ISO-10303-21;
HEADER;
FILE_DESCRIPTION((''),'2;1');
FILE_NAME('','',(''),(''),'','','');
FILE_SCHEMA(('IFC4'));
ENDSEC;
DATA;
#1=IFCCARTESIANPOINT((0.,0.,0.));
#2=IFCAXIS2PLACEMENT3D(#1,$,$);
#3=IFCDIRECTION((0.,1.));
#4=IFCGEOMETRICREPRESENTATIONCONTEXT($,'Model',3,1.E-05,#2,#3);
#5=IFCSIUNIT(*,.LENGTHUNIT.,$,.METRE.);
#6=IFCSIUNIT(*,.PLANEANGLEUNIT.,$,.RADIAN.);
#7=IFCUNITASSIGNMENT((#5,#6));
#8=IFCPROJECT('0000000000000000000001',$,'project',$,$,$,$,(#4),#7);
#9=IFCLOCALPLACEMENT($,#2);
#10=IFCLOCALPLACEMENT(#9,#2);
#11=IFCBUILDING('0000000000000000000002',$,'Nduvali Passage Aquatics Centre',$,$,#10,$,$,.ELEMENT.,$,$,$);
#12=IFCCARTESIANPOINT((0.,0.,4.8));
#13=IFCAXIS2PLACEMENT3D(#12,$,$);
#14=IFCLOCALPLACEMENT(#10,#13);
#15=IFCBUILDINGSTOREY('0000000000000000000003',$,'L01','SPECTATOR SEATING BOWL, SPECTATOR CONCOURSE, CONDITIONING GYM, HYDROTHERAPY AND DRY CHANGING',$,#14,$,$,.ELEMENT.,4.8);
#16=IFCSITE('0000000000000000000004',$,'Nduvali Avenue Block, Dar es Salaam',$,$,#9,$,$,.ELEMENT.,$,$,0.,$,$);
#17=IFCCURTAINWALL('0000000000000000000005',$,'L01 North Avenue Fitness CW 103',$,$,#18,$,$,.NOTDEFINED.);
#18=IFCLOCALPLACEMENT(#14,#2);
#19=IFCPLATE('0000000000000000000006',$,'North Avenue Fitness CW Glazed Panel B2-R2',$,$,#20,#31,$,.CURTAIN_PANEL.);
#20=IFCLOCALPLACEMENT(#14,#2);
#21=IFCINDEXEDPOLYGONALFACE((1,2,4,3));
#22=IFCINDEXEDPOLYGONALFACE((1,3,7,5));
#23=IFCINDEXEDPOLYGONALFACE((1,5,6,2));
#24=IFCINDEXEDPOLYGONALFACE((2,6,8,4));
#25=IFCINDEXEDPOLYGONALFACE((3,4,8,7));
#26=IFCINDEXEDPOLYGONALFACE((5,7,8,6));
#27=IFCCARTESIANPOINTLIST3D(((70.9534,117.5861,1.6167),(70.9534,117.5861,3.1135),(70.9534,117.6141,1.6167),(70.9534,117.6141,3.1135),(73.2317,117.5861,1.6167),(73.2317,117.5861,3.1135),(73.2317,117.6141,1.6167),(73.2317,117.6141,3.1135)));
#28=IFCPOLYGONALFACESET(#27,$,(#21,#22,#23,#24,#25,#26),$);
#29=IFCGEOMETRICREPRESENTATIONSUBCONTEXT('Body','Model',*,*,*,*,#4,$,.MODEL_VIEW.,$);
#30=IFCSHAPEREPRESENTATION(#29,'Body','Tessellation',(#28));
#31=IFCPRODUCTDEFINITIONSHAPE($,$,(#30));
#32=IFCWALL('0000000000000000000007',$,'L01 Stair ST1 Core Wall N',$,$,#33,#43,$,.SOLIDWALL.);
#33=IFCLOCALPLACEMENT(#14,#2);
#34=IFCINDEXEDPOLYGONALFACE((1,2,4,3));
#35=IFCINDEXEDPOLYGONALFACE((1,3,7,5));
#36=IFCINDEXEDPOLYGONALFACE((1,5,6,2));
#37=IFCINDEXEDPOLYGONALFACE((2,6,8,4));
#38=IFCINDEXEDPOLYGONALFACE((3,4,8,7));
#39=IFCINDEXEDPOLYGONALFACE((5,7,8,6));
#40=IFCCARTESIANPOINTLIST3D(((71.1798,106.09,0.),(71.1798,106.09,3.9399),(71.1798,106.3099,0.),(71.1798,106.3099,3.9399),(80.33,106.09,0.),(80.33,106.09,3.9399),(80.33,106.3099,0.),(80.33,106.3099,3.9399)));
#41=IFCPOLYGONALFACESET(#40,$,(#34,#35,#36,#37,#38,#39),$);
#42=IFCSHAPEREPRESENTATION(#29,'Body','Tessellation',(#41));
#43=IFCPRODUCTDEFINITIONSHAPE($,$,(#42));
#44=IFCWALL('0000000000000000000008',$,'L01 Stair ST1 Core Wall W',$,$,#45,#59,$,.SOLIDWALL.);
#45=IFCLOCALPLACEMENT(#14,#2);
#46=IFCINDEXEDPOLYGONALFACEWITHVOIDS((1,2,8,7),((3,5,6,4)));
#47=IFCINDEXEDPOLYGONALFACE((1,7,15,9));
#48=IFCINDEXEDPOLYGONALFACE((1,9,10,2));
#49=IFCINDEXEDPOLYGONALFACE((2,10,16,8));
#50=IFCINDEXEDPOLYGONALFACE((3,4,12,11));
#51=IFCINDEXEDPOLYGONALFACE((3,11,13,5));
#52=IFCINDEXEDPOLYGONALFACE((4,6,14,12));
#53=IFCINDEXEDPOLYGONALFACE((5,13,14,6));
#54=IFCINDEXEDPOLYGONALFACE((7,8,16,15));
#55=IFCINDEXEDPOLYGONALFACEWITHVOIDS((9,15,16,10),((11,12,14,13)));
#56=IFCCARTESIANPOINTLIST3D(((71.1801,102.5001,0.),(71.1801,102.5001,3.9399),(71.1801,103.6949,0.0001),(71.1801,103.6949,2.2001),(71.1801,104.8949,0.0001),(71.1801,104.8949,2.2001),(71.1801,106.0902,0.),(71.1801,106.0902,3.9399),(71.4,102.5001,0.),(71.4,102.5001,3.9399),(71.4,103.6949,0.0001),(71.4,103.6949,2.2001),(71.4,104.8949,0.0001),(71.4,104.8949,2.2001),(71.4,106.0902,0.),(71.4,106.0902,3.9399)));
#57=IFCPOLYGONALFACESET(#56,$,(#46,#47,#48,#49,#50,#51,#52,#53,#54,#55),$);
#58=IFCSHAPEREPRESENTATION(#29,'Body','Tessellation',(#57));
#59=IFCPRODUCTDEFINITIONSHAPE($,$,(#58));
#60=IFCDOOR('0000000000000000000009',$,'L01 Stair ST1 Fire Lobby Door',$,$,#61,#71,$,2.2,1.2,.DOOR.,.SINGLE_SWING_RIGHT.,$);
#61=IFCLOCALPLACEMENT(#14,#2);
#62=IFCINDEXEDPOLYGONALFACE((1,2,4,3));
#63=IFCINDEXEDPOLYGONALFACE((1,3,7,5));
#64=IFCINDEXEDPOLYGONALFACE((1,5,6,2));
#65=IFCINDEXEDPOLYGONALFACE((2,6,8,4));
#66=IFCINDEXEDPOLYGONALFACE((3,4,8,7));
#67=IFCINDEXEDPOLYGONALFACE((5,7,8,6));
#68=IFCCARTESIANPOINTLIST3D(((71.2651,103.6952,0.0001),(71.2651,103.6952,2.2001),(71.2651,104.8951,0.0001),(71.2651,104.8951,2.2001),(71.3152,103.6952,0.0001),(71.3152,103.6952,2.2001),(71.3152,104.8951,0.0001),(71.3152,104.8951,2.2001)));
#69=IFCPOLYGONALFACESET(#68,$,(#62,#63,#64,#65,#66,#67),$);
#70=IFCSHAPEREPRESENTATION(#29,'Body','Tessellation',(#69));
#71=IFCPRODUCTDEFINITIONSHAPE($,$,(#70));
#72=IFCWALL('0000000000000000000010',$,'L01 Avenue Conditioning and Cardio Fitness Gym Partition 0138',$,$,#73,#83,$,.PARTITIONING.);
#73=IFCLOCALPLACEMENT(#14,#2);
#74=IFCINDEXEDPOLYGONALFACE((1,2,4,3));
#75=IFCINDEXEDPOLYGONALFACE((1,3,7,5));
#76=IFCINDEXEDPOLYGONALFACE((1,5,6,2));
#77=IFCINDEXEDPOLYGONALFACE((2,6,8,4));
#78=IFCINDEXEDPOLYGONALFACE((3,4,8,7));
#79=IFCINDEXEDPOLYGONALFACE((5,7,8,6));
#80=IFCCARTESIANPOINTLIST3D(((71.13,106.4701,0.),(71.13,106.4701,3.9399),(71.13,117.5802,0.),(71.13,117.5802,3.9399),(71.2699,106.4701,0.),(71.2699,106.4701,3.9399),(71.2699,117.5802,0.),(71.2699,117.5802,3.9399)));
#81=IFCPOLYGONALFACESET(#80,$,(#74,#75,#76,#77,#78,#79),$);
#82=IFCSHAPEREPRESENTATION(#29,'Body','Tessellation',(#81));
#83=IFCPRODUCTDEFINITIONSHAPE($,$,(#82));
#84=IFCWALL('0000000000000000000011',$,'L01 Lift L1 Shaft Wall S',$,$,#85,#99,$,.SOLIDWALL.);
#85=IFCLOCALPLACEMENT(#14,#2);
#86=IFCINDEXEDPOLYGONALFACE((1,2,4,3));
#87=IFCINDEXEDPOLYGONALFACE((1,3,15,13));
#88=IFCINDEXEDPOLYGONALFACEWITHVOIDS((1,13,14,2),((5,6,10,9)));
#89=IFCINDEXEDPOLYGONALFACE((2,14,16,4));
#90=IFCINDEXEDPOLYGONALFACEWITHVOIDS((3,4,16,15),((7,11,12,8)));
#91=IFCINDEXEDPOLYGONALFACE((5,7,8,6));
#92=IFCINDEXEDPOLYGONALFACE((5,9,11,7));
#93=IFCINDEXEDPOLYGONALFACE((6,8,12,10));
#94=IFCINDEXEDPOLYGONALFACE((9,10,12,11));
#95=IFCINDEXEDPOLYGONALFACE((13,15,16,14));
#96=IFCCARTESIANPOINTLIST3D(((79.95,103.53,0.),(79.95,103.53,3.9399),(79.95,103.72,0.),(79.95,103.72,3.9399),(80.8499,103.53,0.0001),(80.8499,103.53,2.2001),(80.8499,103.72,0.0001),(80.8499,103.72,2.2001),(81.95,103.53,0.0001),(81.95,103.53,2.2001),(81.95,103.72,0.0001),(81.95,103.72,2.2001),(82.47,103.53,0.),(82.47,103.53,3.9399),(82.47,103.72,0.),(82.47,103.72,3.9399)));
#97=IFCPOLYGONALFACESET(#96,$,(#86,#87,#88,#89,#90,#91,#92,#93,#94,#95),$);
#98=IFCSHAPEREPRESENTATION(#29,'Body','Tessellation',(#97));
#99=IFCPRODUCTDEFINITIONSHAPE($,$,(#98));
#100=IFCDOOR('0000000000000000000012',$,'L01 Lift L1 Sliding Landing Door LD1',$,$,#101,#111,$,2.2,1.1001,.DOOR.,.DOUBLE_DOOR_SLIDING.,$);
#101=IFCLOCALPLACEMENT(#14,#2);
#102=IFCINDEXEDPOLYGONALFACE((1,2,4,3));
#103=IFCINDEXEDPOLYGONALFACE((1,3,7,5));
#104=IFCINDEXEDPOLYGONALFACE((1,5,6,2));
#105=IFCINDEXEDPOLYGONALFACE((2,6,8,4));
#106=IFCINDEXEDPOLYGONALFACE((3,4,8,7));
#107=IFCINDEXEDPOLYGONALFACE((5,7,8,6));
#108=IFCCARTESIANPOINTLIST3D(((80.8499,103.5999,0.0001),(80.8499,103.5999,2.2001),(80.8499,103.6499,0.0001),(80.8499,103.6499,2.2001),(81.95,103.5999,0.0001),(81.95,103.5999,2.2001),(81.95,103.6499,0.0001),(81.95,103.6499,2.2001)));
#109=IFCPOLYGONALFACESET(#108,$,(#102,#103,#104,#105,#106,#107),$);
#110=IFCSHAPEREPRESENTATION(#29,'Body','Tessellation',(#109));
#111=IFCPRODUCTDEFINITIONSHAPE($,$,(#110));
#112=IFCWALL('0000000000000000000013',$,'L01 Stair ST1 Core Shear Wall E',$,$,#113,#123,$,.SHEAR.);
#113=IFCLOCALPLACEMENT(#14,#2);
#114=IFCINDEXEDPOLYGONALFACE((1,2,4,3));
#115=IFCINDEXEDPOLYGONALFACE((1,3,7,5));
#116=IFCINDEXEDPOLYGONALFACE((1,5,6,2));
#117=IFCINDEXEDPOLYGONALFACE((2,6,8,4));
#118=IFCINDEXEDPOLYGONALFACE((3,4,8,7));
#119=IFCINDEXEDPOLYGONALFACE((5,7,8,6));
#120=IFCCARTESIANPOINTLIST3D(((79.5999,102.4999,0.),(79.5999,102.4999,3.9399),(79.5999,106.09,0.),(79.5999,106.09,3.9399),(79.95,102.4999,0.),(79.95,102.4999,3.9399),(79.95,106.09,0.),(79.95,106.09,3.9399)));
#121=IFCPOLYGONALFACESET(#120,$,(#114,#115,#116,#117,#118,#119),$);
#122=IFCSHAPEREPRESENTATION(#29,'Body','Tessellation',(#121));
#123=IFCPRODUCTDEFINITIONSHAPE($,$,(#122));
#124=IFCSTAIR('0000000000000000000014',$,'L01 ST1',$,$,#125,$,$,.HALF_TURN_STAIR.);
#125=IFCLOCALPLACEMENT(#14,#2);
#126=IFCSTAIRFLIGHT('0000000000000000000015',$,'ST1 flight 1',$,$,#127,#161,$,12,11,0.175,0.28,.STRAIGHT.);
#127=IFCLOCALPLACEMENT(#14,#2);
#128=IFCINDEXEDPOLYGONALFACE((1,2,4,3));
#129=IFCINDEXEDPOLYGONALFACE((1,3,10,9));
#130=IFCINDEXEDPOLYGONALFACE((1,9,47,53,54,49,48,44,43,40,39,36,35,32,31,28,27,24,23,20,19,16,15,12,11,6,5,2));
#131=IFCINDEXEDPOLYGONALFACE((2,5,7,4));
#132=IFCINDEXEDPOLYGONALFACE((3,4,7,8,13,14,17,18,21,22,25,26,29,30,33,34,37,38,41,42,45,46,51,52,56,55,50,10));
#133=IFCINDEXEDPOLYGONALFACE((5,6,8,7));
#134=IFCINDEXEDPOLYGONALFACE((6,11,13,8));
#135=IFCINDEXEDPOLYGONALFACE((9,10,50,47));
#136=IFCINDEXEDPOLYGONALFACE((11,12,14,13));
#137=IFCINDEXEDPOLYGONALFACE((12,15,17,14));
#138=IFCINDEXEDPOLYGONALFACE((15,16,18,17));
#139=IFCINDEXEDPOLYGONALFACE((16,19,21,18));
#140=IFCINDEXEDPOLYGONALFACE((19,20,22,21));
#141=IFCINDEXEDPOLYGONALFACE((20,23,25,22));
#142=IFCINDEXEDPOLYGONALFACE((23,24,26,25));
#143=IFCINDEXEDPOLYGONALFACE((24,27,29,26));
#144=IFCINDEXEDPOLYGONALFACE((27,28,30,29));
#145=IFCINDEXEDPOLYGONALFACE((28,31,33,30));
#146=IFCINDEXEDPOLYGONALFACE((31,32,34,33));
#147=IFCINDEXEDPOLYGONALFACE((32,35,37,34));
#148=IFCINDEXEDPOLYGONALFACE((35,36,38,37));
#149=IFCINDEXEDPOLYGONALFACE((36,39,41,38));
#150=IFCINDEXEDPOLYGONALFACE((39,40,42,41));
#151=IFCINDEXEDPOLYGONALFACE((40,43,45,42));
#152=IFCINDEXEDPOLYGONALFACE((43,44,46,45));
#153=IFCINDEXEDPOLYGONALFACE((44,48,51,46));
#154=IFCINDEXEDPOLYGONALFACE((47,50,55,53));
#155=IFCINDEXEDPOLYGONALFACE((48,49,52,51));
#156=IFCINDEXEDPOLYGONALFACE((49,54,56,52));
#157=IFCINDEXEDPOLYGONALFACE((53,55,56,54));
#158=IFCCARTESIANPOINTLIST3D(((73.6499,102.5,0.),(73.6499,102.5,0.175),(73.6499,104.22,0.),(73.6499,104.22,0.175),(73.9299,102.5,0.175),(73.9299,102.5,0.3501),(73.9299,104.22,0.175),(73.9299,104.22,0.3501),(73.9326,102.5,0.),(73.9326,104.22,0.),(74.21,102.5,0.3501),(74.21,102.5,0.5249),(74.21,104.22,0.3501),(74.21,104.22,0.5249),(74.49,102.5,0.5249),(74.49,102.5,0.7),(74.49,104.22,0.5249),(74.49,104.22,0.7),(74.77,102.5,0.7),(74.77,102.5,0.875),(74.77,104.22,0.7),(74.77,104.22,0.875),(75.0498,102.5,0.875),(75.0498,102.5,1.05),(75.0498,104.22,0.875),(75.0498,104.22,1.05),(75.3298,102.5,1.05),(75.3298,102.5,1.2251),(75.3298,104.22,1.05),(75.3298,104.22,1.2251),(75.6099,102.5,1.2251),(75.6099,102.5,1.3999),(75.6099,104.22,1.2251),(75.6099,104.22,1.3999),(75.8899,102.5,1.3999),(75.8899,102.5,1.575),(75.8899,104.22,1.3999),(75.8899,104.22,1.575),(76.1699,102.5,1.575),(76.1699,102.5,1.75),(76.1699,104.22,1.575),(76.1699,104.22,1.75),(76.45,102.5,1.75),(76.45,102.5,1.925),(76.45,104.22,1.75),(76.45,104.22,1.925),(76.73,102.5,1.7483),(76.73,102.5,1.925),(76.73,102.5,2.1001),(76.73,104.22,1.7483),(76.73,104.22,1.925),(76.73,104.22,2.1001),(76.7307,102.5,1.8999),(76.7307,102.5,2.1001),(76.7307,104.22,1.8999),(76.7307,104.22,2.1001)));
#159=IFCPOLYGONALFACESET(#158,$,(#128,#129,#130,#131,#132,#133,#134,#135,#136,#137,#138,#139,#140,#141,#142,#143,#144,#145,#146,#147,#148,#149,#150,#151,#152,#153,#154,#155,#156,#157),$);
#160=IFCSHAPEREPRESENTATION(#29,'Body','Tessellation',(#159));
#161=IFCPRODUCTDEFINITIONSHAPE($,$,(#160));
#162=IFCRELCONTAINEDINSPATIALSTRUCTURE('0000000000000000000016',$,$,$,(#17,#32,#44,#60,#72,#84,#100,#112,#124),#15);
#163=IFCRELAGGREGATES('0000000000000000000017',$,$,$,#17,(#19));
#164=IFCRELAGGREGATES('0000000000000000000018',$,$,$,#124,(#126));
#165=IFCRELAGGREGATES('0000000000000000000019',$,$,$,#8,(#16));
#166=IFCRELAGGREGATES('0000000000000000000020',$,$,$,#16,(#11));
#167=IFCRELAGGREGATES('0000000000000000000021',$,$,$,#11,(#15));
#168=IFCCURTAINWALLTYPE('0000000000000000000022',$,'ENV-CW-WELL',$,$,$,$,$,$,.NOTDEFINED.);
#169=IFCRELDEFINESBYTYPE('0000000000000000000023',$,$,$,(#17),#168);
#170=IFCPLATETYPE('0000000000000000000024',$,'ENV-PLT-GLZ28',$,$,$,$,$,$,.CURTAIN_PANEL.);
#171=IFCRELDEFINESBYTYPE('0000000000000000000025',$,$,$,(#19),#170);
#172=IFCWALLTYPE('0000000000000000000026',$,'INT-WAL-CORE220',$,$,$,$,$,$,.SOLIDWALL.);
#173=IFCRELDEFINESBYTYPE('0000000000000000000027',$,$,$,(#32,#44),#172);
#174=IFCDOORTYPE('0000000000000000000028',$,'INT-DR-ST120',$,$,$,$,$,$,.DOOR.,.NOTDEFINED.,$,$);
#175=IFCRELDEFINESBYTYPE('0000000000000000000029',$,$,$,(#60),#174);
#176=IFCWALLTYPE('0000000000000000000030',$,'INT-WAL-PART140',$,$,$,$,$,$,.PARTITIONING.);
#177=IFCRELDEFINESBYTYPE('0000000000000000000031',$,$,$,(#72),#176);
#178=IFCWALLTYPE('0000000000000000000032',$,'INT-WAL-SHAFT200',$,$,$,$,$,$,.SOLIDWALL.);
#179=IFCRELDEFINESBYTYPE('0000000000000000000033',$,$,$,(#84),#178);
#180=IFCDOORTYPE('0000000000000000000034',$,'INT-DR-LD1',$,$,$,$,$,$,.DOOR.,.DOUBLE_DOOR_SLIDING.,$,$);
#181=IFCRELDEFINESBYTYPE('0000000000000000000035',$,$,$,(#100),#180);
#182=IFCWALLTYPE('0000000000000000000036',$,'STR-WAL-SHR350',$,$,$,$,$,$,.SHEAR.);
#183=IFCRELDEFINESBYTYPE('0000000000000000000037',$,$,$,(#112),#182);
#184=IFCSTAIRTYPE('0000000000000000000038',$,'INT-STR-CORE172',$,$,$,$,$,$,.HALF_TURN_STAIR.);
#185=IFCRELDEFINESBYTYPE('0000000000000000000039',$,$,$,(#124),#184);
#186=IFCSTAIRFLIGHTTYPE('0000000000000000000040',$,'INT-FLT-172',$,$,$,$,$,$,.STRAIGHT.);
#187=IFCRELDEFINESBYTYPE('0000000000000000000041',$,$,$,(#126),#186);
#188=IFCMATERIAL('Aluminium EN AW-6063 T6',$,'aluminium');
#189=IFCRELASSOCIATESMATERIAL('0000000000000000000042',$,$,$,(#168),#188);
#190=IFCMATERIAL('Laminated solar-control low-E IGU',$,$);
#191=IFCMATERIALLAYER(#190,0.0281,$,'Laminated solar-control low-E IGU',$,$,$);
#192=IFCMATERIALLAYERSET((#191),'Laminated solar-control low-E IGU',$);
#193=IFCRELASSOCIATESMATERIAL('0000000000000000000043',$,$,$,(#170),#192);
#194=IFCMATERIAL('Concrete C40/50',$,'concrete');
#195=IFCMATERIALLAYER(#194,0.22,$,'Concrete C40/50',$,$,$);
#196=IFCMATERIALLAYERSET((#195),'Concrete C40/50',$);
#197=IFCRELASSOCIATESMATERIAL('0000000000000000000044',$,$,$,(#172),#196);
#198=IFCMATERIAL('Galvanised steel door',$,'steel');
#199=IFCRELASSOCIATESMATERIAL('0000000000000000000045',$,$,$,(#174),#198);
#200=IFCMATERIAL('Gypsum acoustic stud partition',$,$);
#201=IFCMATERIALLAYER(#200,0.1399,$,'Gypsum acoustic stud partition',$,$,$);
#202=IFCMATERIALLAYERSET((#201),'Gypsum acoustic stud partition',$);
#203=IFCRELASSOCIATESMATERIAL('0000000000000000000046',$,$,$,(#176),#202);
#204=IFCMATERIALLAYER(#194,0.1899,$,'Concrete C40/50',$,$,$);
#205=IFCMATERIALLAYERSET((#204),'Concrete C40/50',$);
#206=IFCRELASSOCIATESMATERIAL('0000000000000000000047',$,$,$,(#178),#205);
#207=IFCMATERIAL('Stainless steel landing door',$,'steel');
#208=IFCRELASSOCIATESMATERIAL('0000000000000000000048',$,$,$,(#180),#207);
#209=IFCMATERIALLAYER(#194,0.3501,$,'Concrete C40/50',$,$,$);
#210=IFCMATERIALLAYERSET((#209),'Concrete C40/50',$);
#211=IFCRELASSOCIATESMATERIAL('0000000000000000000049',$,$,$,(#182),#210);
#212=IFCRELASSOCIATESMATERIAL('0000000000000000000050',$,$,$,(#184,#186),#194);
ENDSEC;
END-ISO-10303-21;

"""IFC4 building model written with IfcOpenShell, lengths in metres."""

from ifc_helpers import new_model, si_unit, direction, frame, frame_2d, origin, origin_2d, place, context, subcontext, project, spatial, polyline, rectangle, outline, extrude, material, layer, layer_set, type_object, element, fill, aggregate, save


model = new_model("IFC4")

# Units and contexts
model_context = context("Model", 3, precision=1e-05, world=origin(), true_north=direction((0.0, 1.0)))
body_context = subcontext(model_context, "Body", "Model", "MODEL_VIEW")
ifc_project = project(units=[si_unit("LENGTHUNIT", "METRE"), si_unit("PLANEANGLEUNIT", "RADIAN")], contexts=[model_context])

# Site, building, storey
site_placement = place(None, origin())
site = spatial("IfcSite", under=ifc_project, at=site_placement, Name="Nduvali Avenue Block, Dar es Salaam", CompositionType="ELEMENT", RefElevation=0.0)
building_placement = place(site_placement, origin())
building = spatial("IfcBuilding", under=site, at=building_placement, Name="Nduvali Passage Aquatics Centre", CompositionType="ELEMENT")
storey_placement = place(building_placement, frame((0.0, 0.0, 4.8)))
storey = spatial("IfcBuildingStorey", under=building, at=storey_placement, Name="L01", Description="SPECTATOR SEATING BOWL, SPECTATOR CONCOURSE, CONDITIONING GYM, HYDROTHERAPY AND DRY CHANGING", CompositionType="ELEMENT", Elevation=4.8)

# Curtain wall
ifc_material_1 = material(Name="Aluminium EN AW-6063 T6", Category="aluminium")
curtain_wall_type = type_object("IfcCurtainWallType", Name="ENV-CW-WELL", PredefinedType="NOTDEFINED", material=ifc_material_1)
curtain_wall_placement = place(storey_placement, origin())
curtain_wall = element("IfcCurtainWall", 1, at=curtain_wall_placement, inside=storey, type_object=curtain_wall_type, Name="L01 North Avenue Fitness CW 103", PredefinedType="NOTDEFINED")

# Plate
ifc_material_2 = material(Name="Laminated solar-control low-E IGU")
ifc_layer_1 = layer(ifc_material_2, 0.0281, Name="Laminated solar-control low-E IGU")
ifc_layer_set_1 = layer_set([ifc_layer_1], Name="Laminated solar-control low-E IGU")
plate_type = type_object("IfcPlateType", Name="ENV-PLT-GLZ28", PredefinedType="CURTAIN_PANEL", material=ifc_layer_set_1)
plate_1_placement = place(storey_placement, frame((72.0925, 117.6001, 1.6167), z_axis=(0.0, 0.0, 1.0), x_axis=(1.0, 0.0, 0.0)))
plate_1 = element("IfcPlate", 2, at=plate_1_placement, type_object=plate_type, Name="North Avenue Fitness CW Glazed Panel B2-R2", PredefinedType="CURTAIN_PANEL", context=body_context, shape_type="SweptSolid", body=[
    extrude(rectangle(XDim=2.2783, YDim=0.0281, at=origin_2d()), origin(), (0.0, 0.0, 1.0), 1.4968),
])
aggregate(curtain_wall, [plate_1])

# Wall
ifc_material_3 = material(Name="Concrete C40/50", Category="concrete")
ifc_layer_2 = layer(ifc_material_3, 0.22, Name="Concrete C40/50")
ifc_layer_set_2 = layer_set([ifc_layer_2], Name="Concrete C40/50")
wall_type_1 = type_object("IfcWallType", Name="INT-WAL-CORE220", PredefinedType="SOLIDWALL", material=ifc_layer_set_2)
wall_1_placement = place(storey_placement, frame((80.3301, 106.2, 0.0), z_axis=(0.0, 0.0, 1.0), x_axis=(-1.0, 0.0, 0.0)))
element("IfcWall", 3, at=wall_1_placement, inside=storey, type_object=wall_type_1, Name="L01 Stair ST1 Core Wall N", PredefinedType="SOLIDWALL", context=body_context, shape_type="SweptSolid", body=[
    extrude(rectangle(XDim=9.1501, YDim=0.22, at=frame_2d((4.5752, 0.0))), origin(), (0.0, 0.0, 1.0), 3.9399),
])

# Wall, opening, door
wall_2_placement = place(storey_placement, frame((71.29, 106.0901, 0.0), z_axis=(0.0, 0.0, 1.0), x_axis=(0.0, -1.0, 0.0)))
wall_2 = element("IfcWall", 4, at=wall_2_placement, inside=storey, type_object=wall_type_1, Name="L01 Stair ST1 Core Wall W", PredefinedType="SOLIDWALL", context=body_context, shape_type="SweptSolid", body=[
    extrude(rectangle(XDim=3.5901, YDim=0.22, at=frame_2d((1.7949, 0.0))), origin(), (0.0, 0.0, 1.0), 3.9399),
])
opening_1_placement = place(wall_2_placement, frame((1.1951, 0.0, 0.0)))
opening_1 = element("IfcOpeningElement", 5, at=opening_1_placement, cuts=wall_2, PredefinedType="OPENING", context=body_context, shape_type="SweptSolid", body=[
    extrude(rectangle(XDim=1.2, YDim=2.2, at=frame_2d((0.6001, 1.1001))), frame((0.0, 0.125, 0.0), z_axis=(0.0, -1.0, 0.0), x_axis=(1.0, 0.0, 0.0)), (0.0, 0.0, 1.0), 0.2498),
])
ifc_material_4 = material(Name="Galvanised steel door", Category="steel")
door_type_1 = type_object("IfcDoorType", Name="INT-DR-ST120", OperationType="NOTDEFINED", PredefinedType="DOOR", material=ifc_material_4)
door_1_placement = place(opening_1_placement, frame((1.2, 0.0, 0.0), z_axis=(0.0, 0.0, 1.0), x_axis=(-1.0, 0.0, 0.0)))
door_1 = element("IfcDoor", 6, at=door_1_placement, inside=storey, type_object=door_type_1, Name="L01 Stair ST1 Fire Lobby Door", OperationType="SINGLE_SWING_RIGHT", OverallHeight=2.2, OverallWidth=1.2, PredefinedType="DOOR", context=body_context, shape_type="SweptSolid", body=[
    extrude(rectangle(XDim=1.2, YDim=2.2, at=frame_2d((0.6001, 1.1001))), frame((0.0, 0.0249, 0.0), z_axis=(0.0, -1.0, 0.0), x_axis=(1.0, 0.0, 0.0)), (0.0, 0.0, 1.0), 0.05),
])
fill(opening_1, door_1)

# Wall
ifc_material_5 = material(Name="Gypsum acoustic stud partition")
ifc_layer_3 = layer(ifc_material_5, 0.1399, Name="Gypsum acoustic stud partition")
ifc_layer_set_3 = layer_set([ifc_layer_3], Name="Gypsum acoustic stud partition")
wall_type_2 = type_object("IfcWallType", Name="INT-WAL-PART140", PredefinedType="PARTITIONING", material=ifc_layer_set_3)
wall_3_placement = place(storey_placement, frame((71.2, 106.47, 0.0), z_axis=(0.0, 0.0, 1.0), x_axis=(0.0, 1.0, 0.0)))
element("IfcWall", 7, at=wall_3_placement, inside=storey, type_object=wall_type_2, Name="L01 Avenue Conditioning and Cardio Fitness Gym Partition 0138", PredefinedType="PARTITIONING", context=body_context, shape_type="SweptSolid", body=[
    extrude(rectangle(XDim=11.1101, YDim=0.1399, at=frame_2d((5.5552, 0.0))), origin(), (0.0, 0.0, 1.0), 3.9399),
])

# Wall, opening, door
ifc_layer_4 = layer(ifc_material_3, 0.1899, Name="Concrete C40/50")
ifc_layer_set_4 = layer_set([ifc_layer_4], Name="Concrete C40/50")
wall_type_3 = type_object("IfcWallType", Name="INT-WAL-SHAFT200", PredefinedType="SOLIDWALL", material=ifc_layer_set_4)
wall_4_placement = place(storey_placement, frame((79.95, 103.625, 0.0), z_axis=(0.0, 0.0, 1.0), x_axis=(1.0, 0.0, 0.0)))
wall_4 = element("IfcWall", 8, at=wall_4_placement, inside=storey, type_object=wall_type_3, Name="L01 Lift L1 Shaft Wall S", PredefinedType="SOLIDWALL", context=body_context, shape_type="SweptSolid", body=[
    extrude(rectangle(XDim=2.52, YDim=0.1899, at=frame_2d((1.26, 0.0))), origin(), (0.0, 0.0, 1.0), 3.9399),
])
opening_2_placement = place(wall_4_placement, frame((0.8999, 0.0, 0.0)))
opening_2 = element("IfcOpeningElement", 9, at=opening_2_placement, cuts=wall_4, PredefinedType="OPENING", context=body_context, shape_type="SweptSolid", body=[
    extrude(rectangle(XDim=1.1001, YDim=2.2, at=frame_2d((0.55, 1.1001))), frame((0.0, 0.1099, 0.0), z_axis=(0.0, -1.0, 0.0), x_axis=(1.0, 0.0, 0.0)), (0.0, 0.0, 1.0), 0.2197),
])
ifc_material_6 = material(Name="Stainless steel landing door", Category="steel")
door_type_2 = type_object("IfcDoorType", Name="INT-DR-LD1", OperationType="DOUBLE_DOOR_SLIDING", PredefinedType="DOOR", material=ifc_material_6)
door_2_placement = place(opening_2_placement, origin())
door_2 = element("IfcDoor", 10, at=door_2_placement, inside=storey, type_object=door_type_2, Name="L01 Lift L1 Sliding Landing Door LD1", OperationType="DOUBLE_DOOR_SLIDING", OverallHeight=2.2, OverallWidth=1.1001, PredefinedType="DOOR", context=body_context, shape_type="SweptSolid", body=[
    extrude(rectangle(XDim=1.1001, YDim=2.2, at=frame_2d((0.55, 1.1001))), frame((0.0, 0.0249, 0.0), z_axis=(0.0, -1.0, 0.0), x_axis=(1.0, 0.0, 0.0)), (0.0, 0.0, 1.0), 0.05),
])
fill(opening_2, door_2)

# Wall
ifc_layer_5 = layer(ifc_material_3, 0.3501, Name="Concrete C40/50")
ifc_layer_set_5 = layer_set([ifc_layer_5], Name="Concrete C40/50")
wall_type_4 = type_object("IfcWallType", Name="STR-WAL-SHR350", PredefinedType="SHEAR", material=ifc_layer_set_5)
wall_5_placement = place(storey_placement, frame((79.7749, 102.5, 0.0), z_axis=(0.0, 0.0, 1.0), x_axis=(0.0, 1.0, 0.0)))
element("IfcWall", 11, at=wall_5_placement, inside=storey, type_object=wall_type_4, Name="L01 Stair ST1 Core Shear Wall E", PredefinedType="SHEAR", context=body_context, shape_type="SweptSolid", body=[
    extrude(rectangle(XDim=3.5901, YDim=0.3501, at=frame_2d((1.7949, 0.0))), origin(), (0.0, 0.0, 1.0), 3.9399),
])

# Stair, stair flight
stair_type = type_object("IfcStairType", Name="INT-STR-CORE172", PredefinedType="HALF_TURN_STAIR", material=ifc_material_3)
stair_placement = place(storey_placement, origin())
stair = element("IfcStair", 12, at=stair_placement, inside=storey, type_object=stair_type, Name="L01 ST1", PredefinedType="HALF_TURN_STAIR")
stair_flight_type = type_object("IfcStairFlightType", Name="INT-FLT-172", PredefinedType="STRAIGHT", material=ifc_material_3)
stair_flight_1_placement = place(storey_placement, frame((73.6499, 103.3601, 0.0), z_axis=(0.0, 0.0, 1.0), x_axis=(1.0, 0.0, 0.0)))
stair_flight_1 = element("IfcStairFlight", 13, at=stair_flight_1_placement, type_object=stair_flight_type, Name="ST1 flight 1", NumberOfRisers=12, NumberOfTreads=11, PredefinedType="STRAIGHT", RiserHeight=0.175, TreadLength=0.28, context=body_context, shape_type="SweptSolid", body=[
    extrude(outline(polyline([(0.0, 0.0), (0.0, 0.175), (0.28, 0.175), (0.28, 0.3501), (0.5601, 0.3501), (0.5601, 0.5249), (0.8401, 0.5249), (0.8401, 0.7), (1.1201, 0.7), (1.1201, 0.875), (1.3999, 0.875), (1.3999, 1.05), (1.6799, 1.05), (1.6799, 1.2251), (1.96, 1.2251), (1.96, 1.3999), (2.24, 1.3999), (2.24, 1.575), (2.52, 1.575), (2.52, 1.75), (2.8, 1.75), (2.8, 1.925), (3.0801, 1.925), (3.0801, 2.1001), (3.0808, 2.1001), (3.0808, 1.8999), (3.0801, 1.7483), (0.2827, 0.0), (0.0, 0.0)])), frame((0.0, 0.8599, 0.0), z_axis=(0.0, -1.0, 0.0), x_axis=(1.0, 0.0, 0.0)), (0.0, 0.0, 1.0), 1.72),
])
aggregate(stair, [stair_flight_1])

save(model, "model.ifc")
